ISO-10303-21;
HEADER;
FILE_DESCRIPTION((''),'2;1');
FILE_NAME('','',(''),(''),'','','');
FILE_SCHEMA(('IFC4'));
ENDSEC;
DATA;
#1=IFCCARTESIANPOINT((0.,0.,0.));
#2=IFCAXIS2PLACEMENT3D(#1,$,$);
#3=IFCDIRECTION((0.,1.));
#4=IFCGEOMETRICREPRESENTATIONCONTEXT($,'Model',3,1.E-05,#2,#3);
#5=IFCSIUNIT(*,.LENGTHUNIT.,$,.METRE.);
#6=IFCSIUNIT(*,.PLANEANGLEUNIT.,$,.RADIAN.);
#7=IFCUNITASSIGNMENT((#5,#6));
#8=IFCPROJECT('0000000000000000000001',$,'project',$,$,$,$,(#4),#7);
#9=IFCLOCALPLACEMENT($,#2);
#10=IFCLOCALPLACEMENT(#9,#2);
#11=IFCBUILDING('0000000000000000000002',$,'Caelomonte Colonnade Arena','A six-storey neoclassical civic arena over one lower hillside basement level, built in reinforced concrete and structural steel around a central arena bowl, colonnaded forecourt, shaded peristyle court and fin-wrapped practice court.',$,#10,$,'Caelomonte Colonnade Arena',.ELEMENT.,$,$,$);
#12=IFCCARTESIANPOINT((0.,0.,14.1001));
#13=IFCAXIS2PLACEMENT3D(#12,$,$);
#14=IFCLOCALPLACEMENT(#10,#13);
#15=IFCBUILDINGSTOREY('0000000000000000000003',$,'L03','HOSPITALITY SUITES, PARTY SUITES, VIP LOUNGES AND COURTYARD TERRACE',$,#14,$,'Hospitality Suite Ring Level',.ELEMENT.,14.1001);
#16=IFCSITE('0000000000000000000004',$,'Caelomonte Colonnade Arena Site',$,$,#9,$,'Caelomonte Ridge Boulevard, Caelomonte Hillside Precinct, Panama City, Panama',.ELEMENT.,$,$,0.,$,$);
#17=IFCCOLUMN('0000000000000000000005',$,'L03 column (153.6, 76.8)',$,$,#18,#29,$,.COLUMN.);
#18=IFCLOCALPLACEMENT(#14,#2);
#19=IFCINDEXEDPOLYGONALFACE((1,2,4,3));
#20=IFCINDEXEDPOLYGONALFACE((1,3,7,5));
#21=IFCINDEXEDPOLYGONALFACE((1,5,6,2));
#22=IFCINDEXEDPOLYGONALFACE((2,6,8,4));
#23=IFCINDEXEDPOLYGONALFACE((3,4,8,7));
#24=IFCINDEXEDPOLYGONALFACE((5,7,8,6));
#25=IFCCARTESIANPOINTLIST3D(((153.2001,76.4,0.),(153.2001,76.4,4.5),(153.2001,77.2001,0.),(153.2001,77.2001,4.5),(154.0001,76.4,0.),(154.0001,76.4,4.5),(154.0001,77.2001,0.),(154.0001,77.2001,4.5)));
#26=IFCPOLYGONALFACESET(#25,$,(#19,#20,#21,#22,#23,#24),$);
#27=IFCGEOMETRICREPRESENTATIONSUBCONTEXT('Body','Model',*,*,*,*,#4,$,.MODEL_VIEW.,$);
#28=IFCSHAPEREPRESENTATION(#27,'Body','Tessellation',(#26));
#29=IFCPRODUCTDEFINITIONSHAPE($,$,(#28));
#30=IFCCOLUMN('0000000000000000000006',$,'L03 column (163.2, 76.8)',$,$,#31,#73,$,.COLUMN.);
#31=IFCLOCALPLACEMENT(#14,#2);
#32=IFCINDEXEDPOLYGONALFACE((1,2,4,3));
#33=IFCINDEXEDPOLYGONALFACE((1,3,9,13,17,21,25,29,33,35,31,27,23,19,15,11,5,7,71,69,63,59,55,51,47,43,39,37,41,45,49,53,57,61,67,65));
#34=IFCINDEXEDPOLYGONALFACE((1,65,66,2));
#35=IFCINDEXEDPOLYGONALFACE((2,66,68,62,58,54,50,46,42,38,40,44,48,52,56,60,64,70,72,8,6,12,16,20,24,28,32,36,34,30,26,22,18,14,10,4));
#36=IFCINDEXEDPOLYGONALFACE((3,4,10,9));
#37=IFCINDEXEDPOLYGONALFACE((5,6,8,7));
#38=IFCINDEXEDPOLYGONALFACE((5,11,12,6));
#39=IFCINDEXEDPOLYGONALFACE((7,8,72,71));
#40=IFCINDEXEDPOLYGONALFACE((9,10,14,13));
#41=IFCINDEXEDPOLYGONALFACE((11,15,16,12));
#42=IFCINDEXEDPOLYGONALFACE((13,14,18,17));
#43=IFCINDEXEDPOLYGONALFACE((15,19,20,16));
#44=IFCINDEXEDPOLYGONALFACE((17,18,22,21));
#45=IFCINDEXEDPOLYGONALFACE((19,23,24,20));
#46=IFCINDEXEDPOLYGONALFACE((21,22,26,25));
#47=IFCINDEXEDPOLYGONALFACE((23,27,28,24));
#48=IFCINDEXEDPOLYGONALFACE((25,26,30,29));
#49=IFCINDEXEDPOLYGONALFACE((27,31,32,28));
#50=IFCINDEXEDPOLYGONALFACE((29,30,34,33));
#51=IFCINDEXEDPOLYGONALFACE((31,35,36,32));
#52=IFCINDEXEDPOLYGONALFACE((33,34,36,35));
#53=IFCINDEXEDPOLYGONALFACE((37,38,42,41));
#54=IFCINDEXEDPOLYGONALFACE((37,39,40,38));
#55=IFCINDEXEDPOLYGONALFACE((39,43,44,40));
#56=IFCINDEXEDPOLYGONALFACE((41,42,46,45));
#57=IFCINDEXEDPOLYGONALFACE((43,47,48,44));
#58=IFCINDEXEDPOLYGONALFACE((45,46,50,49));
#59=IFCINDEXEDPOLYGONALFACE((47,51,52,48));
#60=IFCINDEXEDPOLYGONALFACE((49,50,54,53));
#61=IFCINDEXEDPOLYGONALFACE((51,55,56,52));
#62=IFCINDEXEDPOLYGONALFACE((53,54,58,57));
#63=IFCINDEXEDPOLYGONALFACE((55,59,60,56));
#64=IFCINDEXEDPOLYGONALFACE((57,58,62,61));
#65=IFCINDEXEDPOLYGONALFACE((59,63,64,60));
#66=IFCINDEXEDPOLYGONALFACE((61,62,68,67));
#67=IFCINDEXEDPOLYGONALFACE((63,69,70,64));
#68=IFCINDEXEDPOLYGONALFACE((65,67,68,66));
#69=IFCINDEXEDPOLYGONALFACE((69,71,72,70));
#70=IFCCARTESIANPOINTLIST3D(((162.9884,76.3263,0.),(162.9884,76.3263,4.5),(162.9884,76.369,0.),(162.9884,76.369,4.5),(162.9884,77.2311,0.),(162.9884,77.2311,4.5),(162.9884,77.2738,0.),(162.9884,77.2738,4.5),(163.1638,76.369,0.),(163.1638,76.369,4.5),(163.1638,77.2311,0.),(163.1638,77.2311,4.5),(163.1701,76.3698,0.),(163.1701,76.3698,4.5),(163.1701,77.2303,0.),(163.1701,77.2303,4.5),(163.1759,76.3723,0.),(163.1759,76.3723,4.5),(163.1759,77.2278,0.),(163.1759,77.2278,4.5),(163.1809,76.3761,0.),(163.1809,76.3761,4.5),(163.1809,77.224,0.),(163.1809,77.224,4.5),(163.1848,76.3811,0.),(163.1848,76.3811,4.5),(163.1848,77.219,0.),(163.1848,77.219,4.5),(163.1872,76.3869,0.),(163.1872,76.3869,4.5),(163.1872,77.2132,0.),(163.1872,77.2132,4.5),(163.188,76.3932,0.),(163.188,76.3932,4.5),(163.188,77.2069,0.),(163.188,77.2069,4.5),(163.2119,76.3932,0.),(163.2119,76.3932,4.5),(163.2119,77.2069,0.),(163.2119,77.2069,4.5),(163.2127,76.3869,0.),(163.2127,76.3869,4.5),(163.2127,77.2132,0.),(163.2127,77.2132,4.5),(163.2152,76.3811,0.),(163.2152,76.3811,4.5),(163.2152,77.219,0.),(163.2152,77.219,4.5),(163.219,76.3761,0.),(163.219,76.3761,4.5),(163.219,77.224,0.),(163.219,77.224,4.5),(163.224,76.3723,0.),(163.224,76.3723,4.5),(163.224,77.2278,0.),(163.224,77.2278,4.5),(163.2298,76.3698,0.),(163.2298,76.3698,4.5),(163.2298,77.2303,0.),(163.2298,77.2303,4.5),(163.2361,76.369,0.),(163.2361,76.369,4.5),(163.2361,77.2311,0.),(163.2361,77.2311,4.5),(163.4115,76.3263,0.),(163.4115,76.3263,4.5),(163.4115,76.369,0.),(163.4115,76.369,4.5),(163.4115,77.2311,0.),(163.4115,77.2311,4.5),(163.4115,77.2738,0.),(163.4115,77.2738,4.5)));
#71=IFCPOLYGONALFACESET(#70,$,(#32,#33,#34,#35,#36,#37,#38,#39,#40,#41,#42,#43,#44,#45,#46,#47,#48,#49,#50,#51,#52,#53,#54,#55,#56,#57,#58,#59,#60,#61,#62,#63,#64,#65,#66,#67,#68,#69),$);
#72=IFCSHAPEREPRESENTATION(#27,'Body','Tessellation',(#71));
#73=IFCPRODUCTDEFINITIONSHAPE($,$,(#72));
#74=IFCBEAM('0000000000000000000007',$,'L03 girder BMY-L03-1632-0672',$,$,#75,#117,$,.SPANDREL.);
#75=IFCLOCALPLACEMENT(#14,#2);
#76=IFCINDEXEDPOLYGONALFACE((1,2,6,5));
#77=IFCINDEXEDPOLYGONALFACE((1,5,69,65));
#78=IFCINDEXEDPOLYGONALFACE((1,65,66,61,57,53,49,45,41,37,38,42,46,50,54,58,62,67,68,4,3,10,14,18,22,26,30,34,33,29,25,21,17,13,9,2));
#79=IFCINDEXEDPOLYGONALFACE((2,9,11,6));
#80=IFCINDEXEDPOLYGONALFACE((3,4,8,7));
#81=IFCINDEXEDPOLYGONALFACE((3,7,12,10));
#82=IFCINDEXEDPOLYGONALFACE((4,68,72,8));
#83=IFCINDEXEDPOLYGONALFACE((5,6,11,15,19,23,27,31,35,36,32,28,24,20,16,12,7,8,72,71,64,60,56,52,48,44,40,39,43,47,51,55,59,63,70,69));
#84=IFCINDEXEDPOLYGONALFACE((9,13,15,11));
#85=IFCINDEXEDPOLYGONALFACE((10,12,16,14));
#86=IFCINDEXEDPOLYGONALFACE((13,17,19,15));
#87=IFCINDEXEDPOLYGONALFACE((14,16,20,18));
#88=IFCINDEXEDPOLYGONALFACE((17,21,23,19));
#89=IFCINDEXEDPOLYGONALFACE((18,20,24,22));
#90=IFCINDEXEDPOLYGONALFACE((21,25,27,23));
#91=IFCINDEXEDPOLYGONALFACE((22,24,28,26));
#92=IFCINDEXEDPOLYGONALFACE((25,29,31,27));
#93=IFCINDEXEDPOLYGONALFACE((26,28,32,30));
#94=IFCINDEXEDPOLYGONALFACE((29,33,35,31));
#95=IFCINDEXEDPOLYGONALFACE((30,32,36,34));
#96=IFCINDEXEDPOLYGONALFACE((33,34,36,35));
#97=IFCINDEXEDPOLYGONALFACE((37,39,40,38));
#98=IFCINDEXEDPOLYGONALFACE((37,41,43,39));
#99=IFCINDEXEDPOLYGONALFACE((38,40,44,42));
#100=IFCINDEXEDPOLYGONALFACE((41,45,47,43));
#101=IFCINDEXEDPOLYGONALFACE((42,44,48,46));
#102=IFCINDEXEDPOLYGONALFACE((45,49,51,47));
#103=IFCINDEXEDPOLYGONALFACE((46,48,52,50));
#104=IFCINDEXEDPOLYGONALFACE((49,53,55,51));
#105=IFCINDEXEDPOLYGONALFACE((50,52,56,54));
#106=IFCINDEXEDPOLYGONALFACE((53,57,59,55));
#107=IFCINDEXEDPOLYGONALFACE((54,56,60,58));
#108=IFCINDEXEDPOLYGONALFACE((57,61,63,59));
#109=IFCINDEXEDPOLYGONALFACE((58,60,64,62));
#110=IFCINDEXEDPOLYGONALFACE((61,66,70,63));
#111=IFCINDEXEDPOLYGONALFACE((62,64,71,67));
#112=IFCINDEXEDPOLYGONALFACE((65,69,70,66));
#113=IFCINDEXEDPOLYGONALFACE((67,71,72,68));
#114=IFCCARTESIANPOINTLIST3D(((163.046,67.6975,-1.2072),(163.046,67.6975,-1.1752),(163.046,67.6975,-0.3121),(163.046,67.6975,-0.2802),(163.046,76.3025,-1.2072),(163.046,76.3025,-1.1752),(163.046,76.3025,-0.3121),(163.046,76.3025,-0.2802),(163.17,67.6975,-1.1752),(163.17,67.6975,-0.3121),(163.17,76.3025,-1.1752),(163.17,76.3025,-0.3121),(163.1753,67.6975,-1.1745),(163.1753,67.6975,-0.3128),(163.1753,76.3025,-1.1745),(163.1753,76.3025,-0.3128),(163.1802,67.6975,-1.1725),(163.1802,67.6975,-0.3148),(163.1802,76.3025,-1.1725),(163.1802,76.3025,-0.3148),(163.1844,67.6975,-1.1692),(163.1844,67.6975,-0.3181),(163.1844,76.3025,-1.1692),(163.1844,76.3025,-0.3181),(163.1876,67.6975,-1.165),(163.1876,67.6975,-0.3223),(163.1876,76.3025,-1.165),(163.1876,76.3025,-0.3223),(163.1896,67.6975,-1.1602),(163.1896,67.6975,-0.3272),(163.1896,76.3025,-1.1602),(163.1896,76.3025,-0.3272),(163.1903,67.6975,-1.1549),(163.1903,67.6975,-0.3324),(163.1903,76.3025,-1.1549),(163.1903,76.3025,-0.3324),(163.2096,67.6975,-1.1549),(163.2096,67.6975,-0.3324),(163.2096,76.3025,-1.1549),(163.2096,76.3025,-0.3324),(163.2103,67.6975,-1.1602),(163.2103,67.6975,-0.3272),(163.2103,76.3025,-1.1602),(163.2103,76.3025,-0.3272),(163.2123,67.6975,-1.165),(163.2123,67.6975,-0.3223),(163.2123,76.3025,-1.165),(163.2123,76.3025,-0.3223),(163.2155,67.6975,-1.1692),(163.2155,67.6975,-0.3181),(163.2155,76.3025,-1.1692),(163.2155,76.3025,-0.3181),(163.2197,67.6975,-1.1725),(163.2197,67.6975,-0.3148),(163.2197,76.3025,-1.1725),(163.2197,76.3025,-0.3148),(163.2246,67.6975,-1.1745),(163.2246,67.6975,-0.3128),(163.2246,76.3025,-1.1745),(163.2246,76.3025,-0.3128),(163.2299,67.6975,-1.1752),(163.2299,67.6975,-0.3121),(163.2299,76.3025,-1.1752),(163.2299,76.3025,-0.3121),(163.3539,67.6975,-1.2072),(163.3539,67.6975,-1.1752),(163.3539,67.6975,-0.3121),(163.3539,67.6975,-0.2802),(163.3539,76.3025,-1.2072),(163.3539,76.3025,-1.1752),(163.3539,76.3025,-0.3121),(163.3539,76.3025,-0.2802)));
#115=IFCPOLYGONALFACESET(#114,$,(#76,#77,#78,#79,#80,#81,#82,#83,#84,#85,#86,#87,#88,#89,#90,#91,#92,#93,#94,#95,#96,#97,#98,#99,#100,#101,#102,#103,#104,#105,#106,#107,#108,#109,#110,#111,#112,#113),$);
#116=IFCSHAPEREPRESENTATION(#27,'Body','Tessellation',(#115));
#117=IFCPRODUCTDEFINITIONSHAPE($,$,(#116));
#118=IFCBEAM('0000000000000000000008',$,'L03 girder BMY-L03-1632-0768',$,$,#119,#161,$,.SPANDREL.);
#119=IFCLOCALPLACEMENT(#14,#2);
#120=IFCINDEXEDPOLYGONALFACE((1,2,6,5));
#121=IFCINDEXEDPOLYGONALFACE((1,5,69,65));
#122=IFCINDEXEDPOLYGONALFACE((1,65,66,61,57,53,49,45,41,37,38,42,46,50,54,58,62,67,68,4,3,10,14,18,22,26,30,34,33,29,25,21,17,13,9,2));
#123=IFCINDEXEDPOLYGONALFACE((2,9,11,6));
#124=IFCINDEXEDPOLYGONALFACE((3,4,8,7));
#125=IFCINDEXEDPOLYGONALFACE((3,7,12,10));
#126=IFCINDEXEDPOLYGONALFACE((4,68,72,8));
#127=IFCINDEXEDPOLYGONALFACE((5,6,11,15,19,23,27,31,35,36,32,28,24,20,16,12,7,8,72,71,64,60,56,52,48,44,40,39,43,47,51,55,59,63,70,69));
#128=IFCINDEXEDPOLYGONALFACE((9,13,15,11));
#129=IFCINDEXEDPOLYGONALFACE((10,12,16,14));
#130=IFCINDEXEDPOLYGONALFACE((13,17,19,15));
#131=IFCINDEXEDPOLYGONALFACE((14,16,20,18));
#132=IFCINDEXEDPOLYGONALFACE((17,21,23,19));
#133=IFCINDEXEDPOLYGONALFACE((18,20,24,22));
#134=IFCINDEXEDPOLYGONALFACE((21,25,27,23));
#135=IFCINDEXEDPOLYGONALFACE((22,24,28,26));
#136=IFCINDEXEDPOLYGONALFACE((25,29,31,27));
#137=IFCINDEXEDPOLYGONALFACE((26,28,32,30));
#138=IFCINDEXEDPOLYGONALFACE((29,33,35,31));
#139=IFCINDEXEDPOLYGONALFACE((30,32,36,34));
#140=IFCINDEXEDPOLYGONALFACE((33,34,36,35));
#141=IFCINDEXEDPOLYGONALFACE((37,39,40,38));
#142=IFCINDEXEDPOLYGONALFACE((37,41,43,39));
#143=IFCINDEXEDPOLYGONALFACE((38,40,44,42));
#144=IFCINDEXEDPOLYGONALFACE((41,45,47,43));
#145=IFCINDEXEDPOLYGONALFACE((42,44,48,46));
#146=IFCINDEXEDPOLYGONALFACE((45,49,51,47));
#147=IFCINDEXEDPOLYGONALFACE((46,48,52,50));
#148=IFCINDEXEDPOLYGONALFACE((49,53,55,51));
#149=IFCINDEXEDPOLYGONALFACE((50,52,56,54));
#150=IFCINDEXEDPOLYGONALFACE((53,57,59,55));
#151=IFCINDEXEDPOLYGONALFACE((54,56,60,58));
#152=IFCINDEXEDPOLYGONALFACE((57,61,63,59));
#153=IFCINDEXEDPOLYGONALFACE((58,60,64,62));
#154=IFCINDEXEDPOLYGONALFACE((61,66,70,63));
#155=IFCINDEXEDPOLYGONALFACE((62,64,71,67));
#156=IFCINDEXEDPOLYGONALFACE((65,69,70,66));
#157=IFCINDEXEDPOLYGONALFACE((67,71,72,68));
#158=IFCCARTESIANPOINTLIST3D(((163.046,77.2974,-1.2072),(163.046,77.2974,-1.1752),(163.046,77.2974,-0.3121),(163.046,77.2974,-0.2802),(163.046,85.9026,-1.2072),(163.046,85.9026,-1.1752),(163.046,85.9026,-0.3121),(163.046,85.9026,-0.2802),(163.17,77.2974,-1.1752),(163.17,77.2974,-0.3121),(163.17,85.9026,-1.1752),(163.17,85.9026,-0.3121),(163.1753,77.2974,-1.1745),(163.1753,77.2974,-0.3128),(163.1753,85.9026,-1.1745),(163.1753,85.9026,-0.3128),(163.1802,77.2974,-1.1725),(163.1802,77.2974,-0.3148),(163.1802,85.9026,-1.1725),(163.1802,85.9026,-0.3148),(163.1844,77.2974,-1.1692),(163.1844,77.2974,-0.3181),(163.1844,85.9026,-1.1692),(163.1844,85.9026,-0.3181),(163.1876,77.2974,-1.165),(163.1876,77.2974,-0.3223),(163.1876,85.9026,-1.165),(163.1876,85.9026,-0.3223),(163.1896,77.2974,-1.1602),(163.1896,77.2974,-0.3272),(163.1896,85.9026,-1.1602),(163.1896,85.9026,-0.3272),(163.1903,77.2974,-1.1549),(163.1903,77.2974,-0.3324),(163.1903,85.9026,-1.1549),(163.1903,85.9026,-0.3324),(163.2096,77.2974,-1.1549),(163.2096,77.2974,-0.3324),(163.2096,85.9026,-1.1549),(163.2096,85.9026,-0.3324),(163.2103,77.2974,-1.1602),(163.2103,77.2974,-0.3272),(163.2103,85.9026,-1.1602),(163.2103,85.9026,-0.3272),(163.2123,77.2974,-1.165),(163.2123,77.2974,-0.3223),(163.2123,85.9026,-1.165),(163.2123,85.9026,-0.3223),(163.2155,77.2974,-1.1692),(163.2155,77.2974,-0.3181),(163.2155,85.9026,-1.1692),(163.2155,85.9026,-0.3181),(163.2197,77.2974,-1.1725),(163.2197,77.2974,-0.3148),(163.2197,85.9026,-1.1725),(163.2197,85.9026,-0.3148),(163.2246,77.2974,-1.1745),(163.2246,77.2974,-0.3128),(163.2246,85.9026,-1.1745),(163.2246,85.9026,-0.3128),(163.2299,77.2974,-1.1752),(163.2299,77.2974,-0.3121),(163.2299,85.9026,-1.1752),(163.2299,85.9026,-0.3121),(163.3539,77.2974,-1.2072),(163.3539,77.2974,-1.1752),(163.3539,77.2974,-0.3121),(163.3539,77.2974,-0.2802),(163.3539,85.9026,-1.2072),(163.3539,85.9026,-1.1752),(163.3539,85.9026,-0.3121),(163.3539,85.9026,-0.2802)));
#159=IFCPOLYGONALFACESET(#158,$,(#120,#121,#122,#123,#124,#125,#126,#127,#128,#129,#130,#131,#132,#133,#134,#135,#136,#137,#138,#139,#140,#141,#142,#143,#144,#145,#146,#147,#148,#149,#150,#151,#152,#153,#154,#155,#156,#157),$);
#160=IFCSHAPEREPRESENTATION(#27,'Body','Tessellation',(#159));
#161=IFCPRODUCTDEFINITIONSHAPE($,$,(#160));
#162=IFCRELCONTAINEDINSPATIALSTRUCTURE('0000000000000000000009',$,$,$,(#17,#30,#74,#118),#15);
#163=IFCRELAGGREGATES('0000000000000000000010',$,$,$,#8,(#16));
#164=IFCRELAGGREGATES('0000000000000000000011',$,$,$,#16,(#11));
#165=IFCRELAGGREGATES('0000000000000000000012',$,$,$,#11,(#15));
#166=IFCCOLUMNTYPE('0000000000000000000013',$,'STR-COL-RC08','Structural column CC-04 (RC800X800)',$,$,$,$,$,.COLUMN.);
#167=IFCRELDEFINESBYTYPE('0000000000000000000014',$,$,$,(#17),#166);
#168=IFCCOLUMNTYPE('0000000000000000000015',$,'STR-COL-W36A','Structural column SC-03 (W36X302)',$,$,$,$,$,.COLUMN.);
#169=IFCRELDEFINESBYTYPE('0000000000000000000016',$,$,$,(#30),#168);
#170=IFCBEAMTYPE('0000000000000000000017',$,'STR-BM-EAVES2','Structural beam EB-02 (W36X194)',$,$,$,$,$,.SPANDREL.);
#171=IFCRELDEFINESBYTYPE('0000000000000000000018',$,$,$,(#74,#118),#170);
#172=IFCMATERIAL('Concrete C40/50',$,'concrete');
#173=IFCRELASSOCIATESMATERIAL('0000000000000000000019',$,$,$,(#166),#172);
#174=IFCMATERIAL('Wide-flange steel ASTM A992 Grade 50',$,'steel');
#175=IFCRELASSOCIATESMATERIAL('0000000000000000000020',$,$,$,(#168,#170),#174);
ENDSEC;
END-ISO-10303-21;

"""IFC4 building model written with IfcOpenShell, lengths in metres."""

from ifc_helpers import new_model, si_unit, direction, frame, origin, origin_2d, place, context, subcontext, project, spatial, rectangle, i_section, extrude, material, material_profile, profile_set, type_object, element, save


model = new_model("IFC4")

# Units and contexts
model_context = context("Model", 3, precision=1e-05, world=origin(), true_north=direction((0.0, 1.0)))
body_context = subcontext(model_context, "Body", "Model", "MODEL_VIEW")
ifc_project = project(units=[si_unit("LENGTHUNIT", "METRE"), si_unit("PLANEANGLEUNIT", "RADIAN")], contexts=[model_context])

# Site, building, storey
site_placement = place(None, origin())
site = spatial("IfcSite", under=ifc_project, at=site_placement, Name="Caelomonte Colonnade Arena Site", LongName="Caelomonte Ridge Boulevard, Caelomonte Hillside Precinct, Panama City, Panama", CompositionType="ELEMENT", RefElevation=0.0)
building_placement = place(site_placement, origin())
building = spatial("IfcBuilding", under=site, at=building_placement, Name="Caelomonte Colonnade Arena", Description="A six-storey neoclassical civic arena over one lower hillside basement level, built in reinforced concrete and structural steel around a central arena bowl, colonnaded forecourt, shaded peristyle court and fin-wrapped practice court.", LongName="Caelomonte Colonnade Arena", CompositionType="ELEMENT")
storey_placement = place(building_placement, frame((0.0, 0.0, 14.1001)))
storey = spatial("IfcBuildingStorey", under=building, at=storey_placement, Name="L03", Description="HOSPITALITY SUITES, PARTY SUITES, VIP LOUNGES AND COURTYARD TERRACE", LongName="Hospitality Suite Ring Level", CompositionType="ELEMENT", Elevation=14.1001)

# Columns
ifc_material_1 = material(Name="Concrete C40/50", Category="concrete")
ifc_material_profile_1 = material_profile(ifc_material_1, rectangle(XDim=0.8, YDim=0.8, at=origin_2d()), Name="RC800X800")
ifc_profile_set_1 = profile_set([ifc_material_profile_1], Name="Concrete C40/50")
column_type_1 = type_object("IfcColumnType", Name="STR-COL-RC08", Description="Structural column CC-04 (RC800X800)", PredefinedType="COLUMN", material=ifc_profile_set_1)
column_1_placement = place(storey_placement, frame((153.6001, 76.8, 0.0), z_axis=(0.0, 0.0, 1.0), x_axis=(1.0, 0.0, 0.0)))
element("IfcColumn", 1, at=column_1_placement, inside=storey, type_object=column_type_1, Name="L03 column (153.6, 76.8)", PredefinedType="COLUMN", context=body_context, shape_type="SweptSolid", body=[
    extrude(rectangle(XDim=0.8, YDim=0.8, at=origin_2d()), origin(), (0.0, 0.0, 1.0), 4.5),
])
ifc_material_2 = material(Name="Wide-flange steel ASTM A992 Grade 50", Category="steel")
ifc_material_profile_2 = material_profile(ifc_material_2, i_section(OverallWidth=0.4231, OverallDepth=0.9475, WebThickness=0.0239, FlangeThickness=0.0427, FilletRadius=0.0242, at=origin_2d()), Name="W36X302")
ifc_profile_set_2 = profile_set([ifc_material_profile_2], Name="Wide-flange steel ASTM A992 Grade 50")
column_type_2 = type_object("IfcColumnType", Name="STR-COL-W36A", Description="Structural column SC-03 (W36X302)", PredefinedType="COLUMN", material=ifc_profile_set_2)
column_2_placement = place(storey_placement, frame((163.2, 76.8, 0.0), z_axis=(0.0, 0.0, 1.0), x_axis=(1.0, 0.0, 0.0)))
element("IfcColumn", 2, at=column_2_placement, inside=storey, type_object=column_type_2, Name="L03 column (163.2, 76.8)", PredefinedType="COLUMN", context=body_context, shape_type="SweptSolid", body=[
    extrude(i_section(OverallWidth=0.4231, OverallDepth=0.9475, WebThickness=0.0239, FlangeThickness=0.0427, FilletRadius=0.0242, at=origin_2d()), origin(), (0.0, 0.0, 1.0), 4.5),
])

# Beams
ifc_material_profile_3 = material_profile(ifc_material_2, i_section(OverallWidth=0.3079, OverallDepth=0.927, WebThickness=0.0193, FlangeThickness=0.032, FilletRadius=0.0203, at=origin_2d()), Name="W36X194")
ifc_profile_set_3 = profile_set([ifc_material_profile_3], Name="Wide-flange steel ASTM A992 Grade 50")
beam_type_1 = type_object("IfcBeamType", Name="STR-BM-EAVES2", Description="Structural beam EB-02 (W36X194)", PredefinedType="SPANDREL", material=ifc_profile_set_3)
beam_1_placement = place(storey_placement, frame((163.2, 67.6975, -0.7437), z_axis=(0.0, 1.0, 0.0), x_axis=(-1.0, 0.0, 0.0)))
element("IfcBeam", 3, at=beam_1_placement, inside=storey, type_object=beam_type_1, Name="L03 girder BMY-L03-1632-0672", PredefinedType="SPANDREL", context=body_context, shape_type="SweptSolid", body=[
    extrude(i_section(OverallWidth=0.3079, OverallDepth=0.927, WebThickness=0.0193, FlangeThickness=0.032, FilletRadius=0.0203, at=origin_2d()), origin(), (0.0, 0.0, 1.0), 8.605),
])
beam_2_placement = place(storey_placement, frame((163.2, 77.2974, -0.7437), z_axis=(0.0, 1.0, 0.0), x_axis=(-1.0, 0.0, 0.0)))
element("IfcBeam", 4, at=beam_2_placement, inside=storey, type_object=beam_type_1, Name="L03 girder BMY-L03-1632-0768", PredefinedType="SPANDREL", context=body_context, shape_type="SweptSolid", body=[
    extrude(i_section(OverallWidth=0.3079, OverallDepth=0.927, WebThickness=0.0193, FlangeThickness=0.032, FilletRadius=0.0203, at=origin_2d()), origin(), (0.0, 0.0, 1.0), 8.6052),
])

save(model, "model.ifc")
